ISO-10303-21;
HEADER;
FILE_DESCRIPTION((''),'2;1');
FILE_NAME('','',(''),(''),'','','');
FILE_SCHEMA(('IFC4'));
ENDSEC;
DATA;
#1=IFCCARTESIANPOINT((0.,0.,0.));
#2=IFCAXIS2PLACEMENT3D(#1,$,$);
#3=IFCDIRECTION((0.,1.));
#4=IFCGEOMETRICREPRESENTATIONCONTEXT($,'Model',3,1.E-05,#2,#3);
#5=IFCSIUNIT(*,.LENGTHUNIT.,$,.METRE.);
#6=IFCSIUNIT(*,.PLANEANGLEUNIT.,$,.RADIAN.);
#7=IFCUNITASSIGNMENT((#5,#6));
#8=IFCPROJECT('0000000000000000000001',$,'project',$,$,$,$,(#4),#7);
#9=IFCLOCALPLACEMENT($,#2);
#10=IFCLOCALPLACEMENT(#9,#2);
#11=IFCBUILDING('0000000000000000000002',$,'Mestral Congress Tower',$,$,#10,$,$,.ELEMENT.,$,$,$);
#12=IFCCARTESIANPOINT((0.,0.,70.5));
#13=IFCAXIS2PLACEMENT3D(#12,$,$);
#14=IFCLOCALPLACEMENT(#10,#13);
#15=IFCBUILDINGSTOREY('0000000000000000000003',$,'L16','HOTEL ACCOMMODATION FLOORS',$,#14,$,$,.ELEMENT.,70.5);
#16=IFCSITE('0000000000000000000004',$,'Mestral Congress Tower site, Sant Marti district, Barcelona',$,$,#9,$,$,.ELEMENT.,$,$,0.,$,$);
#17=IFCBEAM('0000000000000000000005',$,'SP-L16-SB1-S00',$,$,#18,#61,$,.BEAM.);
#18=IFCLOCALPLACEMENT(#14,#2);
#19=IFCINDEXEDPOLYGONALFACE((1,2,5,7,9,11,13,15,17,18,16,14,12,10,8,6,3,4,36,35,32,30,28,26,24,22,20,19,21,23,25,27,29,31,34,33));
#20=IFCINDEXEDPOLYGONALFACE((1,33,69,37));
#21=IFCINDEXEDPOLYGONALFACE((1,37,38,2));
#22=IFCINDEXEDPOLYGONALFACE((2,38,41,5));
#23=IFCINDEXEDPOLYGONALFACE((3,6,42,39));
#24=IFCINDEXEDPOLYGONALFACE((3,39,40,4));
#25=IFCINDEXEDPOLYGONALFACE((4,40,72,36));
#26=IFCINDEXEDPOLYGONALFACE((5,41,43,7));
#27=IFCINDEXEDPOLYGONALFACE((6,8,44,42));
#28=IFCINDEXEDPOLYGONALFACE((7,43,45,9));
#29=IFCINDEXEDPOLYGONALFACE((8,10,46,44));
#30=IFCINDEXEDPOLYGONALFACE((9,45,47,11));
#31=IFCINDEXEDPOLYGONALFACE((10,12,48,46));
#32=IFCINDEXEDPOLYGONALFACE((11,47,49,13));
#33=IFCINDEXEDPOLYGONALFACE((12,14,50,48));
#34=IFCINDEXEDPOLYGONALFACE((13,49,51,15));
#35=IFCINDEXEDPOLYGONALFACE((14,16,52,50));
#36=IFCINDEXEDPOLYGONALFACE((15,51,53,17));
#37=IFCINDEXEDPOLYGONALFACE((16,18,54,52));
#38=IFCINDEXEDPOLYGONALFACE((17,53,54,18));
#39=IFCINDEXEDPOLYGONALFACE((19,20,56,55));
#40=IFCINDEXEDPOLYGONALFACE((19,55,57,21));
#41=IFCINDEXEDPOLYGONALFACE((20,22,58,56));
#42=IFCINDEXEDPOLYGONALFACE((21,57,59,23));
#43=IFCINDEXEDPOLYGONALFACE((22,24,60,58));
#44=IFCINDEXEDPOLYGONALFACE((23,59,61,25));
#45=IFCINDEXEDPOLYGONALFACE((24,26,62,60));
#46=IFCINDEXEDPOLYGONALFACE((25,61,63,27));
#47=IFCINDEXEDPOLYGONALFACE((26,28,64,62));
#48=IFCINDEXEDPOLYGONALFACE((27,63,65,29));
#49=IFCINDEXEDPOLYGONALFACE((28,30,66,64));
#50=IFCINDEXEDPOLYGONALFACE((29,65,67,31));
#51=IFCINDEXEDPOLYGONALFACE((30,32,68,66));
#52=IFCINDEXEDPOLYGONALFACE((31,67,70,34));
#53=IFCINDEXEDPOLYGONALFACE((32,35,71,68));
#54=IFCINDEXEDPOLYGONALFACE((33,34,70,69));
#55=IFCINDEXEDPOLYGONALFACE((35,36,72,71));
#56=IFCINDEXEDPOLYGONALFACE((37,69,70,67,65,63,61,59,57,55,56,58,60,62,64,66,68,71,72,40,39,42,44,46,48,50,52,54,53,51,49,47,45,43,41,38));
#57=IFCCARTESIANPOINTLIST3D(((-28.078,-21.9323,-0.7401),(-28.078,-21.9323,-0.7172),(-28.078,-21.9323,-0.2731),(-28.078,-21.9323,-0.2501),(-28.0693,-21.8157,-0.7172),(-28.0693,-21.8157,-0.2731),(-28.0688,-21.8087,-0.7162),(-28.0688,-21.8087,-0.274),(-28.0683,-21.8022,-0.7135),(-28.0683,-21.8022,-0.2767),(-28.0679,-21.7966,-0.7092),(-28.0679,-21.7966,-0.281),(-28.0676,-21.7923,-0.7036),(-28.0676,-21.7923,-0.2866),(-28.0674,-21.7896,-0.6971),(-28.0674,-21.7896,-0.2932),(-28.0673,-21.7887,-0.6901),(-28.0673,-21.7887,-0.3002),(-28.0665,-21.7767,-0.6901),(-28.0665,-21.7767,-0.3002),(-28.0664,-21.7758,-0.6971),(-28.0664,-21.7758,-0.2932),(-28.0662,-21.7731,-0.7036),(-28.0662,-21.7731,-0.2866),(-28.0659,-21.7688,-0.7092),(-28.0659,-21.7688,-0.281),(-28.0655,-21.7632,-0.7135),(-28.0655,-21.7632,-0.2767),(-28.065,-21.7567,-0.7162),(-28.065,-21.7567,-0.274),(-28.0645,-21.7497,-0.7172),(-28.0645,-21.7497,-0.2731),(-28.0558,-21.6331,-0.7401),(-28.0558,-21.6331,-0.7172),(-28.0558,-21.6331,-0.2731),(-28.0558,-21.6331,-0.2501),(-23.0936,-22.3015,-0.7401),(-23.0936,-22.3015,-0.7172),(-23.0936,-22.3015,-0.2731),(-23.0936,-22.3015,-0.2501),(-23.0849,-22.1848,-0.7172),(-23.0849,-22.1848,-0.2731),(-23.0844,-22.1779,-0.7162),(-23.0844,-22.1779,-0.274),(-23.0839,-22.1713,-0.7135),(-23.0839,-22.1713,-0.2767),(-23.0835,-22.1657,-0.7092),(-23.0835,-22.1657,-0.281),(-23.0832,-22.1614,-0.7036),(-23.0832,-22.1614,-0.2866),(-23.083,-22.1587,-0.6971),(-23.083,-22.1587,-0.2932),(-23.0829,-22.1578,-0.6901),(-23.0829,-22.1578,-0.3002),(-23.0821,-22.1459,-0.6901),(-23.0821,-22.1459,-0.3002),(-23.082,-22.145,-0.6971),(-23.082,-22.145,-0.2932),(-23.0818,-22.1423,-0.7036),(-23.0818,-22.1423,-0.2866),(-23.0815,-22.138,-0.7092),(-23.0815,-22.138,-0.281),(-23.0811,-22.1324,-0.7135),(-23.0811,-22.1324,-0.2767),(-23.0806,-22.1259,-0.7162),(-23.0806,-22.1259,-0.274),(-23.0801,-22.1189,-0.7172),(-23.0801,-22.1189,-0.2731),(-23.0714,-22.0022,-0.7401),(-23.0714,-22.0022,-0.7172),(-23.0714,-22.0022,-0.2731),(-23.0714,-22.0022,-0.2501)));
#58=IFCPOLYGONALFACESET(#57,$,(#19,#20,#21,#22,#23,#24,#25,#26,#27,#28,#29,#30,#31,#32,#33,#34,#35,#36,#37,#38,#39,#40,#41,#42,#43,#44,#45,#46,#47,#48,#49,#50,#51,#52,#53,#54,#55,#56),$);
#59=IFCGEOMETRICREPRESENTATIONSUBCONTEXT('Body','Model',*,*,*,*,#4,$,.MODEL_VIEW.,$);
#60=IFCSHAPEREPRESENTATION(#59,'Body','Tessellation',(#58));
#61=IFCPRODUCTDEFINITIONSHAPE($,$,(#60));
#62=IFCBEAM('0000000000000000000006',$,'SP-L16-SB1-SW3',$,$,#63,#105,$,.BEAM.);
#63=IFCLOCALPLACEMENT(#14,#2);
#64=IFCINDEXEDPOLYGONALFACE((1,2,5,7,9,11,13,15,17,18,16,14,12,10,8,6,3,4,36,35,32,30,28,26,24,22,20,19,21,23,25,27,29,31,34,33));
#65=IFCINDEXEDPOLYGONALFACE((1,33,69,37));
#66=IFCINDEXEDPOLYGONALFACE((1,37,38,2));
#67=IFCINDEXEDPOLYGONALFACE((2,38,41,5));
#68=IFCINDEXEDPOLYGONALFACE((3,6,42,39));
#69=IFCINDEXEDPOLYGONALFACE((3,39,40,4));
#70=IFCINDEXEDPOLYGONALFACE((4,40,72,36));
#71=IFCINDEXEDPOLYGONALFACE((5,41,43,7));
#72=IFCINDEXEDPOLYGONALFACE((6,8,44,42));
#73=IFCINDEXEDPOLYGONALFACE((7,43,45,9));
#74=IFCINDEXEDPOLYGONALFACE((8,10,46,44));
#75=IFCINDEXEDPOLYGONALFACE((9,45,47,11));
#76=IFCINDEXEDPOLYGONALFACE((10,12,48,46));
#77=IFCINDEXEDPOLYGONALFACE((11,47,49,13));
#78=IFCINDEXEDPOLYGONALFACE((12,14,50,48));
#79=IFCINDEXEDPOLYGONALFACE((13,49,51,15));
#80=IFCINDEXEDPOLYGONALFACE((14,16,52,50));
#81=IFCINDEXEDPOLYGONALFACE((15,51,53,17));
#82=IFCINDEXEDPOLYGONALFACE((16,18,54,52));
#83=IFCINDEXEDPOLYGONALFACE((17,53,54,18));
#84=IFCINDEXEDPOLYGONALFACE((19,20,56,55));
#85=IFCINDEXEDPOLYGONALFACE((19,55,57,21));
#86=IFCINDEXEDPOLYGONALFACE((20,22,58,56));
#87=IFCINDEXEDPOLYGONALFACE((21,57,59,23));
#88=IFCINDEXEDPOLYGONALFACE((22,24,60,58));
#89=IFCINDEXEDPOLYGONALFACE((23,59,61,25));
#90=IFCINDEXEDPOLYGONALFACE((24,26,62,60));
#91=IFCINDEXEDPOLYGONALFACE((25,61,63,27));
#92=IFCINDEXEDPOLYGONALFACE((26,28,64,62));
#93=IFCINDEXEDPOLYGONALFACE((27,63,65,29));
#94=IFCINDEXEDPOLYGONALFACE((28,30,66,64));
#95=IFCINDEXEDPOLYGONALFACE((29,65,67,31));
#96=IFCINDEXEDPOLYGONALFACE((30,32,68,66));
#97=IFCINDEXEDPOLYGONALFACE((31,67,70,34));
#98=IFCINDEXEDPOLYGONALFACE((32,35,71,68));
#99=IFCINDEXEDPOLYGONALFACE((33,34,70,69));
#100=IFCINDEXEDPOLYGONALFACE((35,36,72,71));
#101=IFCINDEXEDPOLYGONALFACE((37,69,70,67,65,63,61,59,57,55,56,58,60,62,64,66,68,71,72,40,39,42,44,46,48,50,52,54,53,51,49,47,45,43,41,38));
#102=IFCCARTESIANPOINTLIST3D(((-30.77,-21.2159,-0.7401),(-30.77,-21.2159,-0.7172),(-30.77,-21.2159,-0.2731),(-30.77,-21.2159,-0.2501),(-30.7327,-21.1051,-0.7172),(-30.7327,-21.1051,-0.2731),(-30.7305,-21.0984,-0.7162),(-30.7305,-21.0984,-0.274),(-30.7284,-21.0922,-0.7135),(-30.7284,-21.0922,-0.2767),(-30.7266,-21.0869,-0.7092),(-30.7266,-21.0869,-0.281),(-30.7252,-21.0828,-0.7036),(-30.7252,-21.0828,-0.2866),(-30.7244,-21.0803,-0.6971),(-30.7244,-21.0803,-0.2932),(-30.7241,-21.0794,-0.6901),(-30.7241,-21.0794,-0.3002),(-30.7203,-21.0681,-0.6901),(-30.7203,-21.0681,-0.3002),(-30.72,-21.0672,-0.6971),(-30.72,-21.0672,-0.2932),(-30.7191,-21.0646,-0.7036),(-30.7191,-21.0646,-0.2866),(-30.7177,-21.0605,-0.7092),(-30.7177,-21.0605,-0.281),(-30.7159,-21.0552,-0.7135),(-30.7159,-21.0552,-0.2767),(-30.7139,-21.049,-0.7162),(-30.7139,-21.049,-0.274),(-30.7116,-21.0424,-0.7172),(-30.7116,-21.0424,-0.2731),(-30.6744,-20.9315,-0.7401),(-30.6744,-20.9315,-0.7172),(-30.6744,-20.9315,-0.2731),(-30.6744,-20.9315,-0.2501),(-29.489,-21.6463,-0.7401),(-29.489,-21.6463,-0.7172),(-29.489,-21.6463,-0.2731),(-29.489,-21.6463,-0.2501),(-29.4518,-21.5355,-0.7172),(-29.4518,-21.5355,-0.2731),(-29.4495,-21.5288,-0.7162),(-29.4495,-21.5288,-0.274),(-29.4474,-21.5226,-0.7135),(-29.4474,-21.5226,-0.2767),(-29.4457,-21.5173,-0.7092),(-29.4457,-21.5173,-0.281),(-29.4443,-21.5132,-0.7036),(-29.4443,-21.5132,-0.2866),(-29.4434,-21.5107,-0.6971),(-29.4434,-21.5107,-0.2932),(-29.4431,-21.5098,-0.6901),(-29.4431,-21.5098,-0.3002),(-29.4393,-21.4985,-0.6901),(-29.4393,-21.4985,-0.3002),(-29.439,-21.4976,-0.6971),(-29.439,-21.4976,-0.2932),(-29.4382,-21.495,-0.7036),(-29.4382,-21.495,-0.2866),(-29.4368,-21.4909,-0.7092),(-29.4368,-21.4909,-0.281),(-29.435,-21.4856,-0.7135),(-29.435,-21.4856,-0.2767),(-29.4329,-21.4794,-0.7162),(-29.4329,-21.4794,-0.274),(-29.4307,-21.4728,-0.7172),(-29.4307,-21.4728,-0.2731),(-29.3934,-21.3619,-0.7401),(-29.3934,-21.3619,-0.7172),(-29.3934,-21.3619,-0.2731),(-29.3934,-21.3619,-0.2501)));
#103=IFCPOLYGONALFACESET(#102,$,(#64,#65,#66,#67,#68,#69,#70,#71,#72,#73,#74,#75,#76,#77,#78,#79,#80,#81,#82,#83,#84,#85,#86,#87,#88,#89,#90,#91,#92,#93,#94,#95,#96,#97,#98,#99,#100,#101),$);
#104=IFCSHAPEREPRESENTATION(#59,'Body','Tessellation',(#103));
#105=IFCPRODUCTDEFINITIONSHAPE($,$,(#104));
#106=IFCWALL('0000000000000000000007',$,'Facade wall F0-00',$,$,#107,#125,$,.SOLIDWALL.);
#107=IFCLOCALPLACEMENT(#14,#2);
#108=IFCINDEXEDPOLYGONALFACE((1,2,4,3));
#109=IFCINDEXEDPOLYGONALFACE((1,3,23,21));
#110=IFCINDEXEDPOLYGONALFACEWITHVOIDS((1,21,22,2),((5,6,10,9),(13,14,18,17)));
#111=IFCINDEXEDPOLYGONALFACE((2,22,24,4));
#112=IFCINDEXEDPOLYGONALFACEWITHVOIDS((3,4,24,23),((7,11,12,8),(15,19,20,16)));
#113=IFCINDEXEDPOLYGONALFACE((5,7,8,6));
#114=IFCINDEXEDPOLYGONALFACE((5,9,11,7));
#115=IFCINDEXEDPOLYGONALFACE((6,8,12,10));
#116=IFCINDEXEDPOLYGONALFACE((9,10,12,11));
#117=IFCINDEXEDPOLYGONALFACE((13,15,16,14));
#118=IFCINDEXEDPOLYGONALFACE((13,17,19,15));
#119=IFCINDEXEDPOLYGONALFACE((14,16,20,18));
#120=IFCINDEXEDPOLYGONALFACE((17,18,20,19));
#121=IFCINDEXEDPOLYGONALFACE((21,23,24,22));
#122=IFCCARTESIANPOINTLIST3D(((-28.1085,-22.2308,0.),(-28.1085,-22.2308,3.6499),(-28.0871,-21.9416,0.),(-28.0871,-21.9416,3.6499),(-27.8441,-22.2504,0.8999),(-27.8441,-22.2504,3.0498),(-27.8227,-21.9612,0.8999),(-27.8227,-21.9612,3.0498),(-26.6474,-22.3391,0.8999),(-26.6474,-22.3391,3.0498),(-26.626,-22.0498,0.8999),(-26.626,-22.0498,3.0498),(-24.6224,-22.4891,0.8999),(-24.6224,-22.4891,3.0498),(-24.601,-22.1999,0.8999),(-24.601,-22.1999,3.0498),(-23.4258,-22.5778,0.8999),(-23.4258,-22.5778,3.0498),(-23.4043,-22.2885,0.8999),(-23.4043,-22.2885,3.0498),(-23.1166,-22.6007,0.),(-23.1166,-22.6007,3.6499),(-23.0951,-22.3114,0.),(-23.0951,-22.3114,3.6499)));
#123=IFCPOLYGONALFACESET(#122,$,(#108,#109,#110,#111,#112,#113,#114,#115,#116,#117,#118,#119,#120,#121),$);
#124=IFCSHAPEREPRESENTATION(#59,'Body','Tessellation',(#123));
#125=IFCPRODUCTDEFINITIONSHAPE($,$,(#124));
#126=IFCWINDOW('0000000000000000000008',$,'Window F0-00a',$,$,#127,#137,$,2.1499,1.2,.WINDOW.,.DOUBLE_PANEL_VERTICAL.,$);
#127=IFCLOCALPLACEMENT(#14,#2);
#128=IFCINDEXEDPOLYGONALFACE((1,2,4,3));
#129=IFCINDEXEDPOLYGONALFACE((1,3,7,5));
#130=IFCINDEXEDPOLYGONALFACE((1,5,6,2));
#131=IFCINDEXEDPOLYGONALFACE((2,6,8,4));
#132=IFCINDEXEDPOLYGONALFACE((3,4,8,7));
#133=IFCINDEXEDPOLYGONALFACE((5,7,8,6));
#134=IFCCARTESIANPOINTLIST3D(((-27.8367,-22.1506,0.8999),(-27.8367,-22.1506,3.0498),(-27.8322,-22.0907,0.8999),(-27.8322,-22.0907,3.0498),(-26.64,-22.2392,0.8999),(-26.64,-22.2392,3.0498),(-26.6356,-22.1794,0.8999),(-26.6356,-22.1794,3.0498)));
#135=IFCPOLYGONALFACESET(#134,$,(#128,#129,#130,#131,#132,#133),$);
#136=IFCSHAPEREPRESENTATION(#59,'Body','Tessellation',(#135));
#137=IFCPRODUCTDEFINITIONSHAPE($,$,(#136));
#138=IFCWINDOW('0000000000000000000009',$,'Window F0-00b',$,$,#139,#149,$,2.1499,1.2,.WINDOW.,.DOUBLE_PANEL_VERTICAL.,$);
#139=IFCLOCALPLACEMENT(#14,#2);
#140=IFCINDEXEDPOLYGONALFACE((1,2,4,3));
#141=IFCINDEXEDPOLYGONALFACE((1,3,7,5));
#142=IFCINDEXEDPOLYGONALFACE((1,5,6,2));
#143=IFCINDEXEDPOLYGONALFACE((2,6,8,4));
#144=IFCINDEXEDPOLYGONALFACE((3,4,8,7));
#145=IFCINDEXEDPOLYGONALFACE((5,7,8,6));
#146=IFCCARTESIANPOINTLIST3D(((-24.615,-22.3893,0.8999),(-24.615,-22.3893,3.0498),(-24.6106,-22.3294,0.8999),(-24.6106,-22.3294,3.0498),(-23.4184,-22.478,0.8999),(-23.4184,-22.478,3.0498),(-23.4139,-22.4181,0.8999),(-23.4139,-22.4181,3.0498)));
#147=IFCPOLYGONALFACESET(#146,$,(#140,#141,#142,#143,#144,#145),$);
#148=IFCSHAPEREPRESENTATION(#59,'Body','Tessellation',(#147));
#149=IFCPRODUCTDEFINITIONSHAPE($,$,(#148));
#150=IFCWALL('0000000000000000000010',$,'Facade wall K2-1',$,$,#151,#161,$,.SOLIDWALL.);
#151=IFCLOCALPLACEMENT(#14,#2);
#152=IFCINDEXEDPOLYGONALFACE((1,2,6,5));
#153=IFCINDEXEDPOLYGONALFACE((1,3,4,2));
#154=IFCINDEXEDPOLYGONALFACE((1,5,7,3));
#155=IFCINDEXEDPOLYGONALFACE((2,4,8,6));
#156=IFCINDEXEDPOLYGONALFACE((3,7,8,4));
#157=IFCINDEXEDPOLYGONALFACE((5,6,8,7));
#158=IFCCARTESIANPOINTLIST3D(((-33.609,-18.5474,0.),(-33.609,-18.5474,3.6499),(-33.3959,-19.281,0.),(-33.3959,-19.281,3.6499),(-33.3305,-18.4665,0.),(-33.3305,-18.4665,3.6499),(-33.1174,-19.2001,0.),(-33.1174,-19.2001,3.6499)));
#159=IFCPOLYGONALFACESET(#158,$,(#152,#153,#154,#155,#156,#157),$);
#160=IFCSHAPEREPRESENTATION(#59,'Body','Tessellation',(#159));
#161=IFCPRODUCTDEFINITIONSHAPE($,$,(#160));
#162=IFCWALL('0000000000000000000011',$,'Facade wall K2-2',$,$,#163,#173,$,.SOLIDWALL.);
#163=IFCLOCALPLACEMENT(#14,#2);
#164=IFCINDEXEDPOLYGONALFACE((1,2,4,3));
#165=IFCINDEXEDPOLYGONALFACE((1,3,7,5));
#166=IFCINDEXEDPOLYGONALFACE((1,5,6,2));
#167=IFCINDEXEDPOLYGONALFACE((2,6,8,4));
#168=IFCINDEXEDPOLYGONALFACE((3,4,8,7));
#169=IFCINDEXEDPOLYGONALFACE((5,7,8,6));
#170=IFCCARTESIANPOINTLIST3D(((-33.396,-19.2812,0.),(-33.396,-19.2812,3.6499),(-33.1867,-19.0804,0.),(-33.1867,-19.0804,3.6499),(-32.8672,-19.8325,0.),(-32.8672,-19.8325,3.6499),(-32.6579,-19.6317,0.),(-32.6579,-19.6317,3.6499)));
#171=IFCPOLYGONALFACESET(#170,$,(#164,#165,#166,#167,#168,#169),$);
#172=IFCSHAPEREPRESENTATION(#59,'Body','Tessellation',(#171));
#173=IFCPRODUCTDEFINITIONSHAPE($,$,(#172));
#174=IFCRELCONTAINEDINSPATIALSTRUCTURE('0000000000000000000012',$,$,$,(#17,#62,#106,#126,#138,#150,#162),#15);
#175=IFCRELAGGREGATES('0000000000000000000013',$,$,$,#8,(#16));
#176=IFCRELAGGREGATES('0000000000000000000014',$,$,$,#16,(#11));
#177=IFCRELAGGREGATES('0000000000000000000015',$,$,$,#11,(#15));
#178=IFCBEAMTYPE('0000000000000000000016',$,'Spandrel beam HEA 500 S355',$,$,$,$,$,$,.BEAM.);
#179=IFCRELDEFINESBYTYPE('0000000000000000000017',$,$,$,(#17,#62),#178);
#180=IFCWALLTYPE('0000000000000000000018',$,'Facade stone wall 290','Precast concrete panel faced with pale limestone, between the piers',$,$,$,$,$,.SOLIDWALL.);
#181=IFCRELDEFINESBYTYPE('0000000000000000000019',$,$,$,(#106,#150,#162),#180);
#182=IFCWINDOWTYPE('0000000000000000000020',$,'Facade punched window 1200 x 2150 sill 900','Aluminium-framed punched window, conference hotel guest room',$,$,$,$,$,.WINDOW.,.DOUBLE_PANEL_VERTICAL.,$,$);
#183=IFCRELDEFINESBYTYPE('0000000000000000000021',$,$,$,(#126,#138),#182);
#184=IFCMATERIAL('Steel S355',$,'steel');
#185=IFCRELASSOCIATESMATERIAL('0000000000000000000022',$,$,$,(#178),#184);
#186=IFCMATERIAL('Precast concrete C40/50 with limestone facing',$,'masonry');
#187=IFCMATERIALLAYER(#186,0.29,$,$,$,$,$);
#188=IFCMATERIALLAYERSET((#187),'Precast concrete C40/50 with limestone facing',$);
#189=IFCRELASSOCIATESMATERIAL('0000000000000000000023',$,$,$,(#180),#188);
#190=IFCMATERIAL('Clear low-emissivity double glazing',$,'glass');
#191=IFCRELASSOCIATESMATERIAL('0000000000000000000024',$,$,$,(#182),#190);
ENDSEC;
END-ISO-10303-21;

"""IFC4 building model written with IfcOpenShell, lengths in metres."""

from ifc_helpers import new_model, si_unit, direction, frame, frame_2d, origin, origin_2d, place, context, subcontext, project, spatial, rectangle, i_section, extrude, material, layer, layer_set, material_profile, profile_set, type_object, element, fill, save


model = new_model("IFC4")

# Units and contexts
model_context = context("Model", 3, precision=1e-05, world=origin(), true_north=direction((0.0, 1.0)))
body_context = subcontext(model_context, "Body", "Model", "MODEL_VIEW")
ifc_project = project(units=[si_unit("LENGTHUNIT", "METRE"), si_unit("PLANEANGLEUNIT", "RADIAN")], contexts=[model_context])

# Site, building, storey
site_placement = place(None, origin())
site = spatial("IfcSite", under=ifc_project, at=site_placement, Name="Mestral Congress Tower site, Sant Marti district, Barcelona", CompositionType="ELEMENT", RefElevation=0.0)
building_placement = place(site_placement, origin())
building = spatial("IfcBuilding", under=site, at=building_placement, Name="Mestral Congress Tower", CompositionType="ELEMENT")
storey_placement = place(building_placement, frame((0.0, 0.0, 70.5)))
storey = spatial("IfcBuildingStorey", under=building, at=storey_placement, Name="L16", Description="HOTEL ACCOMMODATION FLOORS", CompositionType="ELEMENT", Elevation=70.5)

# Beams
ifc_material_1 = material(Name="Steel S355", Category="steel")
ifc_material_profile_1 = material_profile(ifc_material_1, i_section(OverallWidth=0.3, OverallDepth=0.49, WebThickness=0.012, FlangeThickness=0.0229, FilletRadius=0.0271, at=origin_2d()), Name="HEA 500")
ifc_profile_set_1 = profile_set([ifc_material_profile_1], Name="Steel S355")
beam_type_1 = type_object("IfcBeamType", Name="Spandrel beam HEA 500 S355", PredefinedType="BEAM", material=ifc_profile_set_1)
beam_1_placement = place(storey_placement, frame((-28.0669, -21.7827, -0.4951), z_axis=(0.997269, -0.073857, 0.0), x_axis=(0.073857, 0.997269, 0.0)))
element("IfcBeam", 1, at=beam_1_placement, inside=storey, type_object=beam_type_1, Name="SP-L16-SB1-S00", PredefinedType="BEAM", context=body_context, shape_type="SweptSolid", body=[
    extrude(i_section(OverallWidth=0.3, OverallDepth=0.49, WebThickness=0.012, FlangeThickness=0.0229, FilletRadius=0.0271, at=origin_2d()), origin(), (0.0, 0.0, 1.0), 4.998),
])
beam_2_placement = place(storey_placement, frame((-30.7222, -21.0737, -0.4951), z_axis=(0.947922, -0.318503, 0.0), x_axis=(0.318503, 0.947922, 0.0)))
element("IfcBeam", 2, at=beam_2_placement, inside=storey, type_object=beam_type_1, Name="SP-L16-SB1-SW3", PredefinedType="BEAM", context=body_context, shape_type="SweptSolid", body=[
    extrude(i_section(OverallWidth=0.3, OverallDepth=0.49, WebThickness=0.012, FlangeThickness=0.0229, FilletRadius=0.0271, at=origin_2d()), origin(), (0.0, 0.0, 1.0), 1.3513),
])

# Wall, openings, windows
ifc_material_2 = material(Name="Precast concrete C40/50 with limestone facing", Category="masonry")
ifc_layer = layer(ifc_material_2, 0.29)
ifc_layer_set = layer_set([ifc_layer], Name="Precast concrete C40/50 with limestone facing")
wall_type = type_object("IfcWallType", Name="Facade stone wall 290", Description="Precast concrete panel faced with pale limestone, between the piers", PredefinedType="SOLIDWALL", material=ifc_layer_set)
wall_1_placement = place(storey_placement, frame((-28.0979, -22.0862, 0.0), z_axis=(0.0, 0.0, 1.0), x_axis=(0.997266, -0.073891, 0.0)))
wall_1 = element("IfcWall", 3, at=wall_1_placement, inside=storey, type_object=wall_type, Name="Facade wall F0-00", PredefinedType="SOLIDWALL", context=body_context, shape_type="SweptSolid", body=[
    extrude(rectangle(XDim=5.0056, YDim=0.29, at=frame_2d((2.5029, 0.0))), origin(), (0.0, 0.0, 1.0), 3.6499),
])
opening_1_placement = place(wall_1_placement, frame((0.2651, 0.0, 0.8999)))
opening_1 = element("IfcOpeningElement", 4, at=opening_1_placement, cuts=wall_1, PredefinedType="OPENING", context=body_context, shape_type="SweptSolid", body=[
    extrude(rectangle(XDim=1.2, YDim=2.1499, at=frame_2d((0.6001, 1.075))), frame((0.0, 0.155, 0.0), z_axis=(0.0, -1.0, 0.0), x_axis=(1.0, 0.0, 0.0)), (0.0, 0.0, 1.0), 0.3101),
])
opening_2_placement = place(wall_1_placement, frame((3.4956, 0.0, 0.8999)))
opening_2 = element("IfcOpeningElement", 5, at=opening_2_placement, cuts=wall_1, PredefinedType="OPENING", context=body_context, shape_type="SweptSolid", body=[
    extrude(rectangle(XDim=1.2, YDim=2.1499, at=frame_2d((0.6001, 1.075))), frame((0.0, 0.155, 0.0), z_axis=(0.0, -1.0, 0.0), x_axis=(1.0, 0.0, 0.0)), (0.0, 0.0, 1.0), 0.3101),
])
ifc_material_3 = material(Name="Clear low-emissivity double glazing", Category="glass")
window_type_1 = type_object("IfcWindowType", Name="Facade punched window 1200 x 2150 sill 900", Description="Aluminium-framed punched window, conference hotel guest room", PartitioningType="DOUBLE_PANEL_VERTICAL", PredefinedType="WINDOW", material=ifc_material_3)
window_1_placement = place(opening_1_placement, origin())
window_1 = element("IfcWindow", 6, at=window_1_placement, inside=storey, type_object=window_type_1, Name="Window F0-00a", OverallHeight=2.1499, OverallWidth=1.2, PartitioningType="DOUBLE_PANEL_VERTICAL", PredefinedType="WINDOW", context=body_context, shape_type="SweptSolid", body=[
    extrude(rectangle(XDim=1.2, YDim=2.1499, at=frame_2d((0.6001, 1.075))), frame((0.0, 0.0151, 0.0), z_axis=(0.0, -1.0, 0.0), x_axis=(1.0, 0.0, 0.0)), (0.0, 0.0, 1.0), 0.0601),
])
fill(opening_1, window_1)
window_2_placement = place(opening_2_placement, origin())
window_2 = element("IfcWindow", 7, at=window_2_placement, inside=storey, type_object=window_type_1, Name="Window F0-00b", OverallHeight=2.1499, OverallWidth=1.2, PartitioningType="DOUBLE_PANEL_VERTICAL", PredefinedType="WINDOW", context=body_context, shape_type="SweptSolid", body=[
    extrude(rectangle(XDim=1.2, YDim=2.1499, at=frame_2d((0.6001, 1.075))), frame((0.0, 0.0151, 0.0), z_axis=(0.0, -1.0, 0.0), x_axis=(1.0, 0.0, 0.0)), (0.0, 0.0, 1.0), 0.0601),
])
fill(opening_2, window_2)

# Walls
for number, where, z_axis, x_axis, name in (
    (8, (-33.4697, -18.5071, 0.0), (0.0, 0.0, 1.0), (0.278981, -0.960297, 0.0), "Facade wall K2-1"),
    (9, (-33.2913, -19.1809, 0.0), (0.0, 0.0, 1.0), (0.692252, -0.721656, 0.0), "Facade wall K2-2"),
):
    element("IfcWall", number, at=place(storey_placement, frame(where, z_axis=z_axis, x_axis=x_axis)), inside=storey, type_object=wall_type, Name=name, PredefinedType="SOLIDWALL", context=body_context, shape_type="SweptSolid", body=[
        extrude(rectangle(XDim=0.7639, YDim=0.29, at=frame_2d((0.3818, 0.0))), origin(), (0.0, 0.0, 1.0), 3.6499),
    ])

save(model, "model.ifc")
